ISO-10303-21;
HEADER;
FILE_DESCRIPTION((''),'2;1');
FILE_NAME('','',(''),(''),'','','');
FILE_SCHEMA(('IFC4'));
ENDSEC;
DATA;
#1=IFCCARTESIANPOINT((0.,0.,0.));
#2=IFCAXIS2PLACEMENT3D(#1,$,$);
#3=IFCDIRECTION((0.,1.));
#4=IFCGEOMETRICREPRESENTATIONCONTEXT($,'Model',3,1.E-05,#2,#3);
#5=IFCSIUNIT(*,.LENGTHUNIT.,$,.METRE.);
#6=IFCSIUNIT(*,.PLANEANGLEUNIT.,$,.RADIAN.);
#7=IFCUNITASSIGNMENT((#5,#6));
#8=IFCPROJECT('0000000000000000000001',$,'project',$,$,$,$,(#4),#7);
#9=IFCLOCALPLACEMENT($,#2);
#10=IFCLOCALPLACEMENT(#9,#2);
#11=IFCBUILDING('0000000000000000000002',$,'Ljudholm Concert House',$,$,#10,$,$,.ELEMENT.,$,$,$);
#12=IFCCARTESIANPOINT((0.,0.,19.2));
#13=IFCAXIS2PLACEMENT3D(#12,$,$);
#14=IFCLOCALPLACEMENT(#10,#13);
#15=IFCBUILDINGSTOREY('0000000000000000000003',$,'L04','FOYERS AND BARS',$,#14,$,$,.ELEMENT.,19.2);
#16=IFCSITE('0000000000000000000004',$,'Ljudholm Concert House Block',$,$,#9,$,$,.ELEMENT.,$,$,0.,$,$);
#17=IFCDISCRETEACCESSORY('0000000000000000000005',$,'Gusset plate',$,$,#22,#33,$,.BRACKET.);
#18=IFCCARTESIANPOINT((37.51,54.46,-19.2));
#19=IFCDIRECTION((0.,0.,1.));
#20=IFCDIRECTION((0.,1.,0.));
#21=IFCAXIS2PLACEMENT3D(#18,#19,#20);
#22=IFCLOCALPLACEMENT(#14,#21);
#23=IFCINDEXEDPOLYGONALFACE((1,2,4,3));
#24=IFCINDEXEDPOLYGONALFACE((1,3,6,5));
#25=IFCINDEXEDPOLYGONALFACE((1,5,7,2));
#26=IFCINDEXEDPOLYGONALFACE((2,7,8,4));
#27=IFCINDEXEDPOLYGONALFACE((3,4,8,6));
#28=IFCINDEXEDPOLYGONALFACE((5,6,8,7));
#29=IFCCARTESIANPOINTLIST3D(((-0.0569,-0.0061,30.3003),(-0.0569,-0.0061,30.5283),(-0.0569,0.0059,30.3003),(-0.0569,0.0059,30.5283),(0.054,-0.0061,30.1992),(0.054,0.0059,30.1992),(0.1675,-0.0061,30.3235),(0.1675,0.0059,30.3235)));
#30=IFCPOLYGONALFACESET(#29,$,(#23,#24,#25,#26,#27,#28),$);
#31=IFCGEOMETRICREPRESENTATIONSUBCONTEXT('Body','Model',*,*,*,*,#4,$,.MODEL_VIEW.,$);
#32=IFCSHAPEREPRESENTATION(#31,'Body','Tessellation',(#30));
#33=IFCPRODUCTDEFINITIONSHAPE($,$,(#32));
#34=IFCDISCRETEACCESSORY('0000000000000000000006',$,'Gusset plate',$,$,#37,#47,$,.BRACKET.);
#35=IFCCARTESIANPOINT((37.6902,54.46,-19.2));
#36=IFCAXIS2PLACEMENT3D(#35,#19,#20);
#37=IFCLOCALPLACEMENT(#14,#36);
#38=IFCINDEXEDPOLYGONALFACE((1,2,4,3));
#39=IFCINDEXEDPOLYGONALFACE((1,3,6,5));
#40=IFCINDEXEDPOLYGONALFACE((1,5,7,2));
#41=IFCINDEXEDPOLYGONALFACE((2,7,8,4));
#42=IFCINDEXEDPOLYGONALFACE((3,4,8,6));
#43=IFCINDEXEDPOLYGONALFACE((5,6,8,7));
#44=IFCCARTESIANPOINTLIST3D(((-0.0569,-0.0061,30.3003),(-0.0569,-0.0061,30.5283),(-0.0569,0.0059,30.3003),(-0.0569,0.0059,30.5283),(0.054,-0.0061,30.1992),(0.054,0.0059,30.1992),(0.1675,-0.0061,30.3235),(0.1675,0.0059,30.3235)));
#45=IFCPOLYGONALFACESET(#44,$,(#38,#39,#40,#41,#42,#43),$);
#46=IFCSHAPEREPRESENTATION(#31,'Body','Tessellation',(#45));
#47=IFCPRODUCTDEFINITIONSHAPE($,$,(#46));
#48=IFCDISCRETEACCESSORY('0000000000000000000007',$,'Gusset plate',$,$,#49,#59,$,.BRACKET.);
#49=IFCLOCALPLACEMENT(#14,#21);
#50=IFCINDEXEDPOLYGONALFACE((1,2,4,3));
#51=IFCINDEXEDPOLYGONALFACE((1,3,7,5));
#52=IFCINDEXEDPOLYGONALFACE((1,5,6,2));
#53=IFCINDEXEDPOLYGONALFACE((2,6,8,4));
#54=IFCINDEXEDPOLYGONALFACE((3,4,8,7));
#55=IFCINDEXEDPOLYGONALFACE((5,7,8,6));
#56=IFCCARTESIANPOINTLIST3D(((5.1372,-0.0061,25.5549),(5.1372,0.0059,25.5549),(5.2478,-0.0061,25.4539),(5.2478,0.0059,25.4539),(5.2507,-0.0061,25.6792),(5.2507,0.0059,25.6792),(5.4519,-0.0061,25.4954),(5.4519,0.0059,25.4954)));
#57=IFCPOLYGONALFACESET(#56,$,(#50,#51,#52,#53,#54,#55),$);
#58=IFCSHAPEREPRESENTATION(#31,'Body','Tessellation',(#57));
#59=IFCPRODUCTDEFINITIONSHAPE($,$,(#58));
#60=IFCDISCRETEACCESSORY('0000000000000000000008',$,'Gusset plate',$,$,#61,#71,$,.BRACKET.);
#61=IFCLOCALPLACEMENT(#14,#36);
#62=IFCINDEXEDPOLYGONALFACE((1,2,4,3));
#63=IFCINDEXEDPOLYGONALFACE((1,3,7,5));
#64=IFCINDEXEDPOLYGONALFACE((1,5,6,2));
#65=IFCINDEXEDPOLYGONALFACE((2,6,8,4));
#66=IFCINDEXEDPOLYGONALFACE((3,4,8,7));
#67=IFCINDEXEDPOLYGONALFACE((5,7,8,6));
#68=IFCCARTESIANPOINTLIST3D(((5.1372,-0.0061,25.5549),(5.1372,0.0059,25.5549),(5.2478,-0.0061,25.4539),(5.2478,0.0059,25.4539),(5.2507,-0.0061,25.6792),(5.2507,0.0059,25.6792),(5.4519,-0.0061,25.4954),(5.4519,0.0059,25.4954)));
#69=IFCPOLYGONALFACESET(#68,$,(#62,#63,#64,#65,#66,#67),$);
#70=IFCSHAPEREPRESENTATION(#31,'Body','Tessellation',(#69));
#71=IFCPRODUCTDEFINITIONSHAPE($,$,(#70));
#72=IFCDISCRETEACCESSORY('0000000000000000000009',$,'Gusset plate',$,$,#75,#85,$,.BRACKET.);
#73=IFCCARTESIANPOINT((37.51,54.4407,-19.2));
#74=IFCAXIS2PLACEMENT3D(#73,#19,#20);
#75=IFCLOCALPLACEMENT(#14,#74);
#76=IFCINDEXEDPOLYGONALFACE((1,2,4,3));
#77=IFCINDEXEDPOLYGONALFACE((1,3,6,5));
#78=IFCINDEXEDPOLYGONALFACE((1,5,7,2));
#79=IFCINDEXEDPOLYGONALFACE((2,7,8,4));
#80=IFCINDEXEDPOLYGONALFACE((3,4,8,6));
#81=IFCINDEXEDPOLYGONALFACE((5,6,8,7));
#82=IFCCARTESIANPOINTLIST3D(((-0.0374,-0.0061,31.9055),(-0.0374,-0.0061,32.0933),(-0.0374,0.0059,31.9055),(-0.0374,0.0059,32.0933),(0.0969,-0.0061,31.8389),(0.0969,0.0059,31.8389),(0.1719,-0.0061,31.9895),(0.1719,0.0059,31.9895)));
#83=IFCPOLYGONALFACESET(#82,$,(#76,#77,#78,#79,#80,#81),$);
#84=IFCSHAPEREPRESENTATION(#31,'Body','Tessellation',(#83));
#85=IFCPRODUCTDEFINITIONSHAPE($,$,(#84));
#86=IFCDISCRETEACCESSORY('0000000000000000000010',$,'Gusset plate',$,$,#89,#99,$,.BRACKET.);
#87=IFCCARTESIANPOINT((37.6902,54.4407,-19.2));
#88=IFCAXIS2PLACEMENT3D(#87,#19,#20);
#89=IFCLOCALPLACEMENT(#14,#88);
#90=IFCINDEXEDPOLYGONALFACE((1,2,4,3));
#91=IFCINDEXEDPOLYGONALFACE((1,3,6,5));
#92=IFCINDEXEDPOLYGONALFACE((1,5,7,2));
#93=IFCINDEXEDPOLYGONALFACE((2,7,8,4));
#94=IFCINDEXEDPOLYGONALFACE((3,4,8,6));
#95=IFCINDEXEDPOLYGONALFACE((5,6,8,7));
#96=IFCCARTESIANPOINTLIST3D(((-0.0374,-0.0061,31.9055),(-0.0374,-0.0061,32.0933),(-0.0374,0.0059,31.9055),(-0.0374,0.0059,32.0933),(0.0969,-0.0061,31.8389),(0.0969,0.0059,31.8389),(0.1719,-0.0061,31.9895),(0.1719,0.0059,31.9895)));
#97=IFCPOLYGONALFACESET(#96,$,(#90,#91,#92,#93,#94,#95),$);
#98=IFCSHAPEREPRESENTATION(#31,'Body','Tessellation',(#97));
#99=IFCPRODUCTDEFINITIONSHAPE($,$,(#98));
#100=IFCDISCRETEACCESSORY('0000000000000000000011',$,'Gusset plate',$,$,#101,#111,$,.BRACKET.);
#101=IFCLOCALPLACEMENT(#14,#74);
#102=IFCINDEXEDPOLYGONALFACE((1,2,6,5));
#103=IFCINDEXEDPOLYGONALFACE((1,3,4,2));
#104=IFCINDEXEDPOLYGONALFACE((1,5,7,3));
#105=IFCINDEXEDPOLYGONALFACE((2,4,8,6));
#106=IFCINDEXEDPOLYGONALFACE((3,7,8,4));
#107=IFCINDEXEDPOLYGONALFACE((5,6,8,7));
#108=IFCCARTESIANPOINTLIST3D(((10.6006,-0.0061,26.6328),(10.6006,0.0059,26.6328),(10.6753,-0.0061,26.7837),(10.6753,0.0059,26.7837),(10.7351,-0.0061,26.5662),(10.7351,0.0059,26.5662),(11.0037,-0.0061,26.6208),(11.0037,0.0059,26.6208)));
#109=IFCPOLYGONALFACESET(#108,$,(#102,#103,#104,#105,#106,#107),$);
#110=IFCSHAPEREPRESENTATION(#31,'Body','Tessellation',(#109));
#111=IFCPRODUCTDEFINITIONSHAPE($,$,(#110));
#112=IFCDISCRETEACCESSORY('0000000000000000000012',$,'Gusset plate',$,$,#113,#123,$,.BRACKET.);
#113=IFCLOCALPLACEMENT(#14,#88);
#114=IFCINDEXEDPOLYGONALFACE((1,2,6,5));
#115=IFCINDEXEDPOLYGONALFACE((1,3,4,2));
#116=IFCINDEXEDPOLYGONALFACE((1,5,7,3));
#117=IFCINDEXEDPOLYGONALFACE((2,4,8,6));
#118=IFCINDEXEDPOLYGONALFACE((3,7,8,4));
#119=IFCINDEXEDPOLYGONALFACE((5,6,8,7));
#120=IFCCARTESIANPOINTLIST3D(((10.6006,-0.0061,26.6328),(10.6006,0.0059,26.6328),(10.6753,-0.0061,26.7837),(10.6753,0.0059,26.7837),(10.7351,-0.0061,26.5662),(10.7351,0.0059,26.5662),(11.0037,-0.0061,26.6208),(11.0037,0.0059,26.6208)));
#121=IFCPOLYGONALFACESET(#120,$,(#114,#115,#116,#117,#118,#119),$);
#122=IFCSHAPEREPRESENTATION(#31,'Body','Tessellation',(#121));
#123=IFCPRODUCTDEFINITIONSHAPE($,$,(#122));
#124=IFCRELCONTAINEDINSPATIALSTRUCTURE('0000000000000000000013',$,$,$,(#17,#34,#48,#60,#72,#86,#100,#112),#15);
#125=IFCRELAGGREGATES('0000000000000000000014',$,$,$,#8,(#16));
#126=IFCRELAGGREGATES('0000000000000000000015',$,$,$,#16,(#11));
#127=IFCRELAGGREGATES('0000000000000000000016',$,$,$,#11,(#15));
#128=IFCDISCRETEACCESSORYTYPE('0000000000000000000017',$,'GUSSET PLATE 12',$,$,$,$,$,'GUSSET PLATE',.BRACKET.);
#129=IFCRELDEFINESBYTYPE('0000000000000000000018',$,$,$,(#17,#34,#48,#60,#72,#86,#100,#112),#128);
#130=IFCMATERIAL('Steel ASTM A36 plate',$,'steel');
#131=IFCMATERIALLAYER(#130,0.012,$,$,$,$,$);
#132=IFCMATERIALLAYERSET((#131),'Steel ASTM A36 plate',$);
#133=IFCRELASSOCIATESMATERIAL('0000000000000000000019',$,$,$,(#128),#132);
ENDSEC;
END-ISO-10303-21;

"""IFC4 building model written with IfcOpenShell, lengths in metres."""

from ifc_helpers import new_model, si_unit, direction, frame, origin, place, context, subcontext, project, spatial, polyline, outline, extrude, material, layer, layer_set, type_object, element, save


model = new_model("IFC4")

# Units and contexts
model_context = context("Model", 3, precision=1e-05, world=origin(), true_north=direction((0.0, 1.0)))
body_context = subcontext(model_context, "Body", "Model", "MODEL_VIEW")
ifc_project = project(units=[si_unit("LENGTHUNIT", "METRE"), si_unit("PLANEANGLEUNIT", "RADIAN")], contexts=[model_context])

# Site, building, storey
site_placement = place(None, origin())
site = spatial("IfcSite", under=ifc_project, at=site_placement, Name="Ljudholm Concert House Block", CompositionType="ELEMENT", RefElevation=0.0)
building_placement = place(site_placement, origin())
building = spatial("IfcBuilding", under=site, at=building_placement, Name="Ljudholm Concert House", CompositionType="ELEMENT")
storey_placement = place(building_placement, frame((0.0, 0.0, 19.2)))
storey = spatial("IfcBuildingStorey", under=building, at=storey_placement, Name="L04", Description="FOYERS AND BARS", CompositionType="ELEMENT", Elevation=19.2)

# Discrete accessories
ifc_material_1 = material(Name="Steel ASTM A36 plate", Category="steel")
ifc_layer_1 = layer(ifc_material_1, 0.012)
ifc_layer_set_1 = layer_set([ifc_layer_1], Name="Steel ASTM A36 plate")
discrete_accessory_type = type_object("IfcDiscreteAccessoryType", Name="GUSSET PLATE 12", ElementType="GUSSET PLATE", PredefinedType="BRACKET", material=ifc_layer_set_1)
for number, where, z_axis, x_axis, name in (
    (1, (37.51, 54.46, -19.2), (0.0, 0.0, 1.0), (0.0, 1.0, 0.0), "Gusset plate"),
    (2, (37.6902, 54.46, -19.2), (0.0, 0.0, 1.0), (0.0, 1.0, 0.0), "Gusset plate"),
):
    element("IfcDiscreteAccessory", number, at=place(storey_placement, frame(where, z_axis=z_axis, x_axis=x_axis)), inside=storey, type_object=discrete_accessory_type, Name=name, PredefinedType="BRACKET", context=body_context, shape_type="SweptSolid", body=[
        extrude(outline(polyline([(0.054, 30.1992), (-0.0569, 30.3003), (-0.0569, 30.5283), (0.1675, 30.3235), (0.054, 30.1992)])), frame((0.0, 0.0059, 0.0), z_axis=(0.0, -1.0, 0.0), x_axis=(1.0, 0.0, 0.0)), (0.0, 0.0, 1.0), 0.012),
    ])
for number, where, z_axis, x_axis, name in (
    (3, (37.51, 54.46, -19.2), (0.0, 0.0, 1.0), (0.0, 1.0, 0.0), "Gusset plate"),
    (4, (37.6902, 54.46, -19.2), (0.0, 0.0, 1.0), (0.0, 1.0, 0.0), "Gusset plate"),
):
    element("IfcDiscreteAccessory", number, at=place(storey_placement, frame(where, z_axis=z_axis, x_axis=x_axis)), inside=storey, type_object=discrete_accessory_type, Name=name, PredefinedType="BRACKET", context=body_context, shape_type="SweptSolid", body=[
        extrude(outline(polyline([(5.2507, 25.6792), (5.4519, 25.4954), (5.2478, 25.4539), (5.1372, 25.5549), (5.2507, 25.6792)])), frame((0.0, 0.0059, 0.0), z_axis=(0.0, -1.0, 0.0), x_axis=(1.0, 0.0, 0.0)), (0.0, 0.0, 1.0), 0.012),
    ])
for number, where, z_axis, x_axis, name in (
    (5, (37.51, 54.4407, -19.2), (0.0, 0.0, 1.0), (0.0, 1.0, 0.0), "Gusset plate"),
    (6, (37.6902, 54.4407, -19.2), (0.0, 0.0, 1.0), (0.0, 1.0, 0.0), "Gusset plate"),
):
    element("IfcDiscreteAccessory", number, at=place(storey_placement, frame(where, z_axis=z_axis, x_axis=x_axis)), inside=storey, type_object=discrete_accessory_type, Name=name, PredefinedType="BRACKET", context=body_context, shape_type="SweptSolid", body=[
        extrude(outline(polyline([(0.0969, 31.8389), (-0.0374, 31.9055), (-0.0374, 32.0933), (0.1719, 31.9895), (0.0969, 31.8389)])), frame((0.0, 0.0059, 0.0), z_axis=(0.0, -1.0, 0.0), x_axis=(1.0, 0.0, 0.0)), (0.0, 0.0, 1.0), 0.012),
    ])
for number, where, z_axis, x_axis, name in (
    (7, (37.51, 54.4407, -19.2), (0.0, 0.0, 1.0), (0.0, 1.0, 0.0), "Gusset plate"),
    (8, (37.6902, 54.4407, -19.2), (0.0, 0.0, 1.0), (0.0, 1.0, 0.0), "Gusset plate"),
):
    element("IfcDiscreteAccessory", number, at=place(storey_placement, frame(where, z_axis=z_axis, x_axis=x_axis)), inside=storey, type_object=discrete_accessory_type, Name=name, PredefinedType="BRACKET", context=body_context, shape_type="SweptSolid", body=[
        extrude(outline(polyline([(10.6753, 26.7837), (11.0037, 26.6208), (10.7351, 26.5662), (10.6006, 26.6328), (10.6753, 26.7837)])), frame((0.0, 0.0059, 0.0), z_axis=(0.0, -1.0, 0.0), x_axis=(1.0, 0.0, 0.0)), (0.0, 0.0, 1.0), 0.012),
    ])

save(model, "model.ifc")
